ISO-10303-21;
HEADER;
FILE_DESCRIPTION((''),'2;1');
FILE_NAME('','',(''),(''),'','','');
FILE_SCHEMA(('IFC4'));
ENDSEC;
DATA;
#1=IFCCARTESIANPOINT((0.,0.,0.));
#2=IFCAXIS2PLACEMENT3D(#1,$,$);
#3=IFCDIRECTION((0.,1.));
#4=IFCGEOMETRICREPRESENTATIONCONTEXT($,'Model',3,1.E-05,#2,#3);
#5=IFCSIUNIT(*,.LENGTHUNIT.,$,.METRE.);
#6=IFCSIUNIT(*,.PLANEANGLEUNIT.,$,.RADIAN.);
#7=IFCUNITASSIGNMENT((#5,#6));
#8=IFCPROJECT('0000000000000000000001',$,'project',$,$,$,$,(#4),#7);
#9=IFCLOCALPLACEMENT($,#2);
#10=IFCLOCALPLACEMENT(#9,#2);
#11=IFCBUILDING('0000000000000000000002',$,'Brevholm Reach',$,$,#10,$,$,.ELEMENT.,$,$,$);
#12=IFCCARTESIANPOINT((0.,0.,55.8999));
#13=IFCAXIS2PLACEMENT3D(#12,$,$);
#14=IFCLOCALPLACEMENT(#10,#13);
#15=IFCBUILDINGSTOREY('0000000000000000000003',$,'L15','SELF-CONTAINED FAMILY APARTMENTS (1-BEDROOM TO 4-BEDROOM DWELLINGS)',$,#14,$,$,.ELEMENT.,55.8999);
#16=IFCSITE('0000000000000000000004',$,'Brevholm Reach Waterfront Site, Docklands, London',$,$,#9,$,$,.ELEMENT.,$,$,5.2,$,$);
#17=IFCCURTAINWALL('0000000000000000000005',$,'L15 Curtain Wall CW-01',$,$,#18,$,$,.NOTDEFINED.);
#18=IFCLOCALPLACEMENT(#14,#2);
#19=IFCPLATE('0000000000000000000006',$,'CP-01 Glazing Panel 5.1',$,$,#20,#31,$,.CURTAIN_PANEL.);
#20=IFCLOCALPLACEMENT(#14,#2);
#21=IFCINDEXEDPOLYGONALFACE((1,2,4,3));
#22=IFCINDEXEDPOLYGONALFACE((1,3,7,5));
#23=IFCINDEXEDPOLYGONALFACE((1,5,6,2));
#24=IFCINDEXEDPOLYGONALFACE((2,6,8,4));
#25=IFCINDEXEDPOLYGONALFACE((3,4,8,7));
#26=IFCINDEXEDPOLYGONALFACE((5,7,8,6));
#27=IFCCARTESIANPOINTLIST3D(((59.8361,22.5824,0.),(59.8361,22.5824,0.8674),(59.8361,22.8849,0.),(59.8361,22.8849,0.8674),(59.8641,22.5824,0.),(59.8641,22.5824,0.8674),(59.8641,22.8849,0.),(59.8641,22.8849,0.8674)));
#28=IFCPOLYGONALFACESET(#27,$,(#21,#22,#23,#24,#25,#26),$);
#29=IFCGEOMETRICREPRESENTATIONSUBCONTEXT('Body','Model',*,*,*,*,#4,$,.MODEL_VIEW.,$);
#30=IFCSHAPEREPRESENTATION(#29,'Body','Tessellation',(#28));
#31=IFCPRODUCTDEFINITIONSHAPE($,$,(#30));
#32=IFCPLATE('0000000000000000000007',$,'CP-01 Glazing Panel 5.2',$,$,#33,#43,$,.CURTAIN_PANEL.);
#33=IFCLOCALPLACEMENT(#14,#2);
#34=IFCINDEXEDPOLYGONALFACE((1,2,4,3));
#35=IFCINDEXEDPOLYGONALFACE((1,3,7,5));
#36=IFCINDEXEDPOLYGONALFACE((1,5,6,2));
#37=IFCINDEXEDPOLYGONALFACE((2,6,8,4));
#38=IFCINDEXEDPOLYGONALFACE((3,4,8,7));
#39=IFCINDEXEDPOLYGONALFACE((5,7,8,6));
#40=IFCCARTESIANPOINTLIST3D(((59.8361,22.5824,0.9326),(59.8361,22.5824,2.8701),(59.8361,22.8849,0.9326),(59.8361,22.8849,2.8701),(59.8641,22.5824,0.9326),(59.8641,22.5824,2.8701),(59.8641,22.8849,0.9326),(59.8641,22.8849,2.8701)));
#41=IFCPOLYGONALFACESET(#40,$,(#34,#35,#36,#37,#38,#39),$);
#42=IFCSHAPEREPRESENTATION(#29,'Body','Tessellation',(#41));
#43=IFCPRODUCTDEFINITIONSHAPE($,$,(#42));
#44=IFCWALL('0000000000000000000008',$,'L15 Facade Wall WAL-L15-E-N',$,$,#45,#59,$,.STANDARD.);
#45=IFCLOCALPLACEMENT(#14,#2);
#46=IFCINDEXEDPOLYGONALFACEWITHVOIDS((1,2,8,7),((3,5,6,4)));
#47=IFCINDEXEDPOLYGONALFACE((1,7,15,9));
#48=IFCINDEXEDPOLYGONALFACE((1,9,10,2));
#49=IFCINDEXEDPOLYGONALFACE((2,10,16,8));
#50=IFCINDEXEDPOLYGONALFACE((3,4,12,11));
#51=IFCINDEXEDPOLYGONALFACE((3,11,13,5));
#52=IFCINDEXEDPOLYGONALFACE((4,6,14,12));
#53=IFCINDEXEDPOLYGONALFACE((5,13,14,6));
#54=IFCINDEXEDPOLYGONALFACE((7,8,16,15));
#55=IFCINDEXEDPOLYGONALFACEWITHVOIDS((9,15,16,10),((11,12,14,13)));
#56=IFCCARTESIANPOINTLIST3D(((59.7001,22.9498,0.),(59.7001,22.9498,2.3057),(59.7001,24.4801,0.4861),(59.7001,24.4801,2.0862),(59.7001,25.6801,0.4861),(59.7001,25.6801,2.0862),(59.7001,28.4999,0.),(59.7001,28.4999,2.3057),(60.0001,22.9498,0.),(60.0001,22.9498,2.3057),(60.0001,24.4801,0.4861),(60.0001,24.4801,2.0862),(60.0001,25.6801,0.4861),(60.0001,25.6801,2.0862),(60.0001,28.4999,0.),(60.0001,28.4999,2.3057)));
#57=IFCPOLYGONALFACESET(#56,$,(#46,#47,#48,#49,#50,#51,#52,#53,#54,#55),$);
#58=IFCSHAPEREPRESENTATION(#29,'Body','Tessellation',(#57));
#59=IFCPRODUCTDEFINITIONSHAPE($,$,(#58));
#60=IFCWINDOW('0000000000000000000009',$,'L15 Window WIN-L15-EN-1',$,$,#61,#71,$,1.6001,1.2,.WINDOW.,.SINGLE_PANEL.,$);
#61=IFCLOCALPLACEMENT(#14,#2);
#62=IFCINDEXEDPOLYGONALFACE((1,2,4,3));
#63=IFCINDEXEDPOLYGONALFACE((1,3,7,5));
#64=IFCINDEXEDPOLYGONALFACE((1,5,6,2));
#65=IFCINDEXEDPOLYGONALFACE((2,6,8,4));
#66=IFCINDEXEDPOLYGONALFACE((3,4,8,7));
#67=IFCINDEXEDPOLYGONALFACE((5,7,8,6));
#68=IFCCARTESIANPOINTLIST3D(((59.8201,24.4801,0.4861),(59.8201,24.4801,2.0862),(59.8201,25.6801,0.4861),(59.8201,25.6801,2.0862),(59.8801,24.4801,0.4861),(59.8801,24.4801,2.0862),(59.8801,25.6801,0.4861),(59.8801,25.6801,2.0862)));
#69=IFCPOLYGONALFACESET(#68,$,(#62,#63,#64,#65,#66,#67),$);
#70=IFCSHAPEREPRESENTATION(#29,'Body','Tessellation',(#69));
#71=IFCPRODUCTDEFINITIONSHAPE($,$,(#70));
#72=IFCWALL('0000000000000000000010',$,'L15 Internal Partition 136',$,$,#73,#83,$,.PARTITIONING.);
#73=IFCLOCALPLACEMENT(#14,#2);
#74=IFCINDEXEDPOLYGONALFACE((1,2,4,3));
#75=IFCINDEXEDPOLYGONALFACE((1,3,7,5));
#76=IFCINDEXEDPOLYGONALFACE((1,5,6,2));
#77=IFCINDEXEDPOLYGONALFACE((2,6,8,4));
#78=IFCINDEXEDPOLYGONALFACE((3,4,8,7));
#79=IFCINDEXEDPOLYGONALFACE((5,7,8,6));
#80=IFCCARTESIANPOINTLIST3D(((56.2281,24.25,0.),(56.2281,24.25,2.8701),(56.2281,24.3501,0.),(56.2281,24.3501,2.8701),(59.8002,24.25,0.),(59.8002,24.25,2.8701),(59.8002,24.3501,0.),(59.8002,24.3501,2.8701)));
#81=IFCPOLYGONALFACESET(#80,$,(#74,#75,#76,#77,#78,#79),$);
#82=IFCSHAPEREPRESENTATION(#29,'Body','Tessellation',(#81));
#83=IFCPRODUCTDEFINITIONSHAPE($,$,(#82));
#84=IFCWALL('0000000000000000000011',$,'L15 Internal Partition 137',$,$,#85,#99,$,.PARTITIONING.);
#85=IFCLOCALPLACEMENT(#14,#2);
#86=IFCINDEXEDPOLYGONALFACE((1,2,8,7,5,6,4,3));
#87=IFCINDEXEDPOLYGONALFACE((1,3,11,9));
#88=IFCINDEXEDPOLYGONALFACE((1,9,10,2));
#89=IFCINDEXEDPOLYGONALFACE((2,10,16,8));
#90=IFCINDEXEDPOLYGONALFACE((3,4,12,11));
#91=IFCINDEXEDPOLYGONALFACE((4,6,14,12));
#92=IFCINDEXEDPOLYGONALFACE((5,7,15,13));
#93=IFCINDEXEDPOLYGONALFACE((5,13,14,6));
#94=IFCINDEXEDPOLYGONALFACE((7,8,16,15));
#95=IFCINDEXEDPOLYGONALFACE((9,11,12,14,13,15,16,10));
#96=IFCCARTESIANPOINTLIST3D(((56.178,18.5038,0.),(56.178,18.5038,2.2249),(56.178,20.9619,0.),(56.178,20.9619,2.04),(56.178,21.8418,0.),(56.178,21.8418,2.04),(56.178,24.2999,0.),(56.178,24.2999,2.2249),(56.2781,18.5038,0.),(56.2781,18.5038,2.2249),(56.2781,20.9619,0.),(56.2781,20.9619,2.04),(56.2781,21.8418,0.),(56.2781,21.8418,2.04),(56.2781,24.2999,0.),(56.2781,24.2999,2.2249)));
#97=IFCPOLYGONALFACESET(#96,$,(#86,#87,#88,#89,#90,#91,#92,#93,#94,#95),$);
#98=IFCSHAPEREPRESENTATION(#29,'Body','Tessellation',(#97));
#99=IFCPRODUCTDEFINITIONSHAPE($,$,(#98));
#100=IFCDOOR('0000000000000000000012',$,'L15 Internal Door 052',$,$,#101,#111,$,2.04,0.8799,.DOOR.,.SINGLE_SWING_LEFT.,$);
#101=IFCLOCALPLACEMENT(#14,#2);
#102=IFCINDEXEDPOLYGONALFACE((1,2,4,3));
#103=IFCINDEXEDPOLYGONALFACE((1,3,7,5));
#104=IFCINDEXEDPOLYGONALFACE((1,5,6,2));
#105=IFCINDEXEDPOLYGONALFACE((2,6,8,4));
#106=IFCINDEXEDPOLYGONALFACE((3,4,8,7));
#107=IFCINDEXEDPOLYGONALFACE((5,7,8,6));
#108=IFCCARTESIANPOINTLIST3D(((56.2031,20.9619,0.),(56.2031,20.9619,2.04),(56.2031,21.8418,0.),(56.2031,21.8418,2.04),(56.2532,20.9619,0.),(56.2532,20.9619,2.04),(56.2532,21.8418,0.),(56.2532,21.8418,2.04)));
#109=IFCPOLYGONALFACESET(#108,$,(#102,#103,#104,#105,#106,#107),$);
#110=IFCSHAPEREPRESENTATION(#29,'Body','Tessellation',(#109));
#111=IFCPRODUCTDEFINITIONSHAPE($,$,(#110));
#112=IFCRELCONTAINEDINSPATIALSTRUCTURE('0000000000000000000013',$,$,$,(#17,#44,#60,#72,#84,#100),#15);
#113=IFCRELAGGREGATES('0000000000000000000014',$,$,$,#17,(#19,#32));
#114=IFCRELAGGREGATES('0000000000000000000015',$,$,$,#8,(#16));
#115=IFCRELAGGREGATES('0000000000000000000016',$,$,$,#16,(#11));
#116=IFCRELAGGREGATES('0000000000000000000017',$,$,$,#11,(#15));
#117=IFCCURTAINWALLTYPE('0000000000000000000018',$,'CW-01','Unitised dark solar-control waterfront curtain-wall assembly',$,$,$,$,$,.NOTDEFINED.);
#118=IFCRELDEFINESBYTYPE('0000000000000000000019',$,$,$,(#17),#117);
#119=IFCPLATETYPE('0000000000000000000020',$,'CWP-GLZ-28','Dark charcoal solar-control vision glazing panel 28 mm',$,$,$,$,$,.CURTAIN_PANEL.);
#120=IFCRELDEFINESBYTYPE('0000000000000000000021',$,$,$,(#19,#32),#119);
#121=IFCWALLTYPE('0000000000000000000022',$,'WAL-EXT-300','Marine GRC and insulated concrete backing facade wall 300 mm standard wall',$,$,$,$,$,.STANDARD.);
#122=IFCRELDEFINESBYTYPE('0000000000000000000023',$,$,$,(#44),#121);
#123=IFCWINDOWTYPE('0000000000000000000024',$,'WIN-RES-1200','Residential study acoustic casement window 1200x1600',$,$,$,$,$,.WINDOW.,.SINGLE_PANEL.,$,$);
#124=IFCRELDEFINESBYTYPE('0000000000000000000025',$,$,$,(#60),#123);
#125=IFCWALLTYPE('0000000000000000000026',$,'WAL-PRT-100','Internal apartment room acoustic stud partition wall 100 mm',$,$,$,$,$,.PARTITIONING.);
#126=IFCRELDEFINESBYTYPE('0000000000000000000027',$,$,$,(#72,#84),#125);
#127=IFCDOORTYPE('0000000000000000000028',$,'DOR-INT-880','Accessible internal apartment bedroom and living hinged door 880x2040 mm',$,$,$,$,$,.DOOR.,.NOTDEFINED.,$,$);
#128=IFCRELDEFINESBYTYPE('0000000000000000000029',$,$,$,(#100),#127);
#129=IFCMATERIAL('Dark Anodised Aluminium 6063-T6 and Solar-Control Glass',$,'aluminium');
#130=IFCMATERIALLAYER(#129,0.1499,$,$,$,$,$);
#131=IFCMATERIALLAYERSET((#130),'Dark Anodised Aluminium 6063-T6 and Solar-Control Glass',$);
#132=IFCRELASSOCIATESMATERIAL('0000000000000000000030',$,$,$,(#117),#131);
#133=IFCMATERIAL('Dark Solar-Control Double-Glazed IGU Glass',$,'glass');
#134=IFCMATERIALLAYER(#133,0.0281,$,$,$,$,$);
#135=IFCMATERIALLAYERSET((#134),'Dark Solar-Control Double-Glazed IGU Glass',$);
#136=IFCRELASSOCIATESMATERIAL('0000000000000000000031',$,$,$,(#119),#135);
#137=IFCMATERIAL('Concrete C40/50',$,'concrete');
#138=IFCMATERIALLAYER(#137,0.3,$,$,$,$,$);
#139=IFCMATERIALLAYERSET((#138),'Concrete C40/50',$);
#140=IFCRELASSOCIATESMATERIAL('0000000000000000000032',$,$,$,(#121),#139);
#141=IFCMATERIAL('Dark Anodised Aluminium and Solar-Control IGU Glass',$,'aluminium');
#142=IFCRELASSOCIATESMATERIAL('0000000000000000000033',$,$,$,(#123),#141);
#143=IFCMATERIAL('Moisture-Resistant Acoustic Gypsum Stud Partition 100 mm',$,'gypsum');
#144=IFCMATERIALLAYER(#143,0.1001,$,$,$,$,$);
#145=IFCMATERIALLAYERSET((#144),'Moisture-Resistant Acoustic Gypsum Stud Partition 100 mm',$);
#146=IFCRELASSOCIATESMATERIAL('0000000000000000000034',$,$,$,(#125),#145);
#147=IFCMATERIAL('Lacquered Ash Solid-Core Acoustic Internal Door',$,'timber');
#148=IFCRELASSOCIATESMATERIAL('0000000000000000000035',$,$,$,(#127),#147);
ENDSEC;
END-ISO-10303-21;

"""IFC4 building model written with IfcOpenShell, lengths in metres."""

from ifc_helpers import new_model, si_unit, direction, frame, frame_2d, origin, origin_2d, place, context, subcontext, project, spatial, rectangle, extrude, material, layer, layer_set, type_object, element, fill, aggregate, save


model = new_model("IFC4")

# Units and contexts
model_context = context("Model", 3, precision=1e-05, world=origin(), true_north=direction((0.0, 1.0)))
body_context = subcontext(model_context, "Body", "Model", "MODEL_VIEW")
ifc_project = project(units=[si_unit("LENGTHUNIT", "METRE"), si_unit("PLANEANGLEUNIT", "RADIAN")], contexts=[model_context])

# Site, building, storey
site_placement = place(None, origin())
site = spatial("IfcSite", under=ifc_project, at=site_placement, Name="Brevholm Reach Waterfront Site, Docklands, London", CompositionType="ELEMENT", RefElevation=5.2)
building_placement = place(site_placement, origin())
building = spatial("IfcBuilding", under=site, at=building_placement, Name="Brevholm Reach", CompositionType="ELEMENT")
storey_placement = place(building_placement, frame((0.0, 0.0, 55.8999)))
storey = spatial("IfcBuildingStorey", under=building, at=storey_placement, Name="L15", Description="SELF-CONTAINED FAMILY APARTMENTS (1-BEDROOM TO 4-BEDROOM DWELLINGS)", CompositionType="ELEMENT", Elevation=55.8999)

# Curtain wall, plates
ifc_material_1 = material(Name="Dark Anodised Aluminium 6063-T6 and Solar-Control Glass", Category="aluminium")
ifc_layer_1 = layer(ifc_material_1, 0.1499)
ifc_layer_set_1 = layer_set([ifc_layer_1], Name="Dark Anodised Aluminium 6063-T6 and Solar-Control Glass")
curtain_wall_type = type_object("IfcCurtainWallType", Name="CW-01", Description="Unitised dark solar-control waterfront curtain-wall assembly", PredefinedType="NOTDEFINED", material=ifc_layer_set_1)
curtain_wall_placement = place(storey_placement, origin())
curtain_wall = element("IfcCurtainWall", 1, at=curtain_wall_placement, inside=storey, type_object=curtain_wall_type, Name="L15 Curtain Wall CW-01", PredefinedType="NOTDEFINED")
ifc_material_2 = material(Name="Dark Solar-Control Double-Glazed IGU Glass", Category="glass")
ifc_layer_2 = layer(ifc_material_2, 0.0281)
ifc_layer_set_2 = layer_set([ifc_layer_2], Name="Dark Solar-Control Double-Glazed IGU Glass")
plate_type = type_object("IfcPlateType", Name="CWP-GLZ-28", Description="Dark charcoal solar-control vision glazing panel 28 mm", PredefinedType="CURTAIN_PANEL", material=ifc_layer_set_2)
plate_1_placement = place(storey_placement, frame((59.8501, 22.7336, 0.0), z_axis=(0.0, 0.0, 1.0), x_axis=(0.0, 1.0, 0.0)))
plate_1 = element("IfcPlate", 2, at=plate_1_placement, type_object=plate_type, Name="CP-01 Glazing Panel 5.1", PredefinedType="CURTAIN_PANEL", context=body_context, shape_type="SweptSolid", body=[
    extrude(rectangle(XDim=0.3025, YDim=0.0281, at=origin_2d()), origin(), (0.0, 0.0, 1.0), 0.8674),
])
plate_2_placement = place(storey_placement, frame((59.8501, 22.7336, 0.9326), z_axis=(0.0, 0.0, 1.0), x_axis=(0.0, 1.0, 0.0)))
plate_2 = element("IfcPlate", 3, at=plate_2_placement, type_object=plate_type, Name="CP-01 Glazing Panel 5.2", PredefinedType="CURTAIN_PANEL", context=body_context, shape_type="SweptSolid", body=[
    extrude(rectangle(XDim=0.3025, YDim=0.0281, at=origin_2d()), origin(), (0.0, 0.0, 1.0), 1.9375),
])
aggregate(curtain_wall, [plate_1, plate_2])

# Wall, opening, window
ifc_material_3 = material(Name="Concrete C40/50", Category="concrete")
ifc_layer_3 = layer(ifc_material_3, 0.3)
ifc_layer_set_3 = layer_set([ifc_layer_3], Name="Concrete C40/50")
wall_type_1 = type_object("IfcWallType", Name="WAL-EXT-300", Description="Marine GRC and insulated concrete backing facade wall 300 mm standard wall", PredefinedType="STANDARD", material=ifc_layer_set_3)
wall_1_placement = place(storey_placement, frame((59.8501, 22.95, 0.0), z_axis=(0.0, 0.0, 1.0), x_axis=(0.0, 1.0, 0.0)))
wall_1 = element("IfcWall", 4, at=wall_1_placement, inside=storey, type_object=wall_type_1, Name="L15 Facade Wall WAL-L15-E-N", PredefinedType="STANDARD", context=body_context, shape_type="SweptSolid", body=[
    extrude(rectangle(XDim=5.55, YDim=0.3, at=frame_2d((2.7749, 0.0))), origin(), (0.0, 0.0, 1.0), 2.3057),
])
opening_1_placement = place(wall_1_placement, frame((1.53, 0.0, 0.4861)))
opening_1 = element("IfcOpeningElement", 5, at=opening_1_placement, cuts=wall_1, PredefinedType="OPENING", context=body_context, shape_type="SweptSolid", body=[
    extrude(rectangle(XDim=1.2, YDim=1.6001, at=frame_2d((0.6001, 0.8))), frame((0.0, 0.1599, 0.0), z_axis=(0.0, -1.0, 0.0), x_axis=(1.0, 0.0, 0.0)), (0.0, 0.0, 1.0), 0.3201),
])
ifc_material_4 = material(Name="Dark Anodised Aluminium and Solar-Control IGU Glass", Category="aluminium")
window_type = type_object("IfcWindowType", Name="WIN-RES-1200", Description="Residential study acoustic casement window 1200x1600", PartitioningType="SINGLE_PANEL", PredefinedType="WINDOW", material=ifc_material_4)
window_placement = place(opening_1_placement, origin())
window = element("IfcWindow", 6, at=window_placement, inside=storey, type_object=window_type, Name="L15 Window WIN-L15-EN-1", OverallHeight=1.6001, OverallWidth=1.2, PartitioningType="SINGLE_PANEL", PredefinedType="WINDOW", context=body_context, shape_type="SweptSolid", body=[
    extrude(rectangle(XDim=1.2, YDim=1.6001, at=frame_2d((0.6001, 0.8))), frame((0.0, 0.03, 0.0), z_axis=(0.0, -1.0, 0.0), x_axis=(1.0, 0.0, 0.0)), (0.0, 0.0, 1.0), 0.0601),
])
fill(opening_1, window)

# Wall
ifc_material_5 = material(Name="Moisture-Resistant Acoustic Gypsum Stud Partition 100 mm", Category="gypsum")
ifc_layer_4 = layer(ifc_material_5, 0.1001)
ifc_layer_set_4 = layer_set([ifc_layer_4], Name="Moisture-Resistant Acoustic Gypsum Stud Partition 100 mm")
wall_type_2 = type_object("IfcWallType", Name="WAL-PRT-100", Description="Internal apartment room acoustic stud partition wall 100 mm", PredefinedType="PARTITIONING", material=ifc_layer_set_4)
wall_2_placement = place(storey_placement, frame((56.228, 24.3, 0.0), z_axis=(0.0, 0.0, 1.0), x_axis=(1.0, 0.0, 0.0)))
element("IfcWall", 7, at=wall_2_placement, inside=storey, type_object=wall_type_2, Name="L15 Internal Partition 136", PredefinedType="PARTITIONING", context=body_context, shape_type="SweptSolid", body=[
    extrude(rectangle(XDim=3.572, YDim=0.1001, at=frame_2d((1.7861, 0.0))), origin(), (0.0, 0.0, 1.0), 2.8701),
])

# Wall, opening, door
wall_3_placement = place(storey_placement, frame((56.228, 18.5039, 0.0), z_axis=(0.0, 0.0, 1.0), x_axis=(0.0, 1.0, 0.0)))
wall_3 = element("IfcWall", 8, at=wall_3_placement, inside=storey, type_object=wall_type_2, Name="L15 Internal Partition 137", PredefinedType="PARTITIONING", context=body_context, shape_type="SweptSolid", body=[
    extrude(rectangle(XDim=5.7961, YDim=0.1001, at=frame_2d((2.8979, 0.0))), origin(), (0.0, 0.0, 1.0), 2.2249),
])
opening_2_placement = place(wall_3_placement, frame((2.458, 0.0, 0.0)))
opening_2 = element("IfcOpeningElement", 9, at=opening_2_placement, cuts=wall_3, PredefinedType="OPENING", context=body_context, shape_type="SweptSolid", body=[
    extrude(rectangle(XDim=0.8799, YDim=2.04, at=frame_2d((0.4399, 1.02))), frame((0.0, 0.0601, 0.0), z_axis=(0.0, -1.0, 0.0), x_axis=(1.0, 0.0, 0.0)), (0.0, 0.0, 1.0), 0.1201),
])
ifc_material_6 = material(Name="Lacquered Ash Solid-Core Acoustic Internal Door", Category="timber")
door_type = type_object("IfcDoorType", Name="DOR-INT-880", Description="Accessible internal apartment bedroom and living hinged door 880x2040 mm", OperationType="NOTDEFINED", PredefinedType="DOOR", material=ifc_material_6)
door_placement = place(opening_2_placement, origin())
door = element("IfcDoor", 10, at=door_placement, inside=storey, type_object=door_type, Name="L15 Internal Door 052", OperationType="SINGLE_SWING_LEFT", OverallHeight=2.04, OverallWidth=0.8799, PredefinedType="DOOR", context=body_context, shape_type="SweptSolid", body=[
    extrude(rectangle(XDim=0.8799, YDim=2.04, at=frame_2d((0.4399, 1.02))), frame((0.0, 0.0249, 0.0), z_axis=(0.0, -1.0, 0.0), x_axis=(1.0, 0.0, 0.0)), (0.0, 0.0, 1.0), 0.05),
])
fill(opening_2, door)

save(model, "model.ifc")
